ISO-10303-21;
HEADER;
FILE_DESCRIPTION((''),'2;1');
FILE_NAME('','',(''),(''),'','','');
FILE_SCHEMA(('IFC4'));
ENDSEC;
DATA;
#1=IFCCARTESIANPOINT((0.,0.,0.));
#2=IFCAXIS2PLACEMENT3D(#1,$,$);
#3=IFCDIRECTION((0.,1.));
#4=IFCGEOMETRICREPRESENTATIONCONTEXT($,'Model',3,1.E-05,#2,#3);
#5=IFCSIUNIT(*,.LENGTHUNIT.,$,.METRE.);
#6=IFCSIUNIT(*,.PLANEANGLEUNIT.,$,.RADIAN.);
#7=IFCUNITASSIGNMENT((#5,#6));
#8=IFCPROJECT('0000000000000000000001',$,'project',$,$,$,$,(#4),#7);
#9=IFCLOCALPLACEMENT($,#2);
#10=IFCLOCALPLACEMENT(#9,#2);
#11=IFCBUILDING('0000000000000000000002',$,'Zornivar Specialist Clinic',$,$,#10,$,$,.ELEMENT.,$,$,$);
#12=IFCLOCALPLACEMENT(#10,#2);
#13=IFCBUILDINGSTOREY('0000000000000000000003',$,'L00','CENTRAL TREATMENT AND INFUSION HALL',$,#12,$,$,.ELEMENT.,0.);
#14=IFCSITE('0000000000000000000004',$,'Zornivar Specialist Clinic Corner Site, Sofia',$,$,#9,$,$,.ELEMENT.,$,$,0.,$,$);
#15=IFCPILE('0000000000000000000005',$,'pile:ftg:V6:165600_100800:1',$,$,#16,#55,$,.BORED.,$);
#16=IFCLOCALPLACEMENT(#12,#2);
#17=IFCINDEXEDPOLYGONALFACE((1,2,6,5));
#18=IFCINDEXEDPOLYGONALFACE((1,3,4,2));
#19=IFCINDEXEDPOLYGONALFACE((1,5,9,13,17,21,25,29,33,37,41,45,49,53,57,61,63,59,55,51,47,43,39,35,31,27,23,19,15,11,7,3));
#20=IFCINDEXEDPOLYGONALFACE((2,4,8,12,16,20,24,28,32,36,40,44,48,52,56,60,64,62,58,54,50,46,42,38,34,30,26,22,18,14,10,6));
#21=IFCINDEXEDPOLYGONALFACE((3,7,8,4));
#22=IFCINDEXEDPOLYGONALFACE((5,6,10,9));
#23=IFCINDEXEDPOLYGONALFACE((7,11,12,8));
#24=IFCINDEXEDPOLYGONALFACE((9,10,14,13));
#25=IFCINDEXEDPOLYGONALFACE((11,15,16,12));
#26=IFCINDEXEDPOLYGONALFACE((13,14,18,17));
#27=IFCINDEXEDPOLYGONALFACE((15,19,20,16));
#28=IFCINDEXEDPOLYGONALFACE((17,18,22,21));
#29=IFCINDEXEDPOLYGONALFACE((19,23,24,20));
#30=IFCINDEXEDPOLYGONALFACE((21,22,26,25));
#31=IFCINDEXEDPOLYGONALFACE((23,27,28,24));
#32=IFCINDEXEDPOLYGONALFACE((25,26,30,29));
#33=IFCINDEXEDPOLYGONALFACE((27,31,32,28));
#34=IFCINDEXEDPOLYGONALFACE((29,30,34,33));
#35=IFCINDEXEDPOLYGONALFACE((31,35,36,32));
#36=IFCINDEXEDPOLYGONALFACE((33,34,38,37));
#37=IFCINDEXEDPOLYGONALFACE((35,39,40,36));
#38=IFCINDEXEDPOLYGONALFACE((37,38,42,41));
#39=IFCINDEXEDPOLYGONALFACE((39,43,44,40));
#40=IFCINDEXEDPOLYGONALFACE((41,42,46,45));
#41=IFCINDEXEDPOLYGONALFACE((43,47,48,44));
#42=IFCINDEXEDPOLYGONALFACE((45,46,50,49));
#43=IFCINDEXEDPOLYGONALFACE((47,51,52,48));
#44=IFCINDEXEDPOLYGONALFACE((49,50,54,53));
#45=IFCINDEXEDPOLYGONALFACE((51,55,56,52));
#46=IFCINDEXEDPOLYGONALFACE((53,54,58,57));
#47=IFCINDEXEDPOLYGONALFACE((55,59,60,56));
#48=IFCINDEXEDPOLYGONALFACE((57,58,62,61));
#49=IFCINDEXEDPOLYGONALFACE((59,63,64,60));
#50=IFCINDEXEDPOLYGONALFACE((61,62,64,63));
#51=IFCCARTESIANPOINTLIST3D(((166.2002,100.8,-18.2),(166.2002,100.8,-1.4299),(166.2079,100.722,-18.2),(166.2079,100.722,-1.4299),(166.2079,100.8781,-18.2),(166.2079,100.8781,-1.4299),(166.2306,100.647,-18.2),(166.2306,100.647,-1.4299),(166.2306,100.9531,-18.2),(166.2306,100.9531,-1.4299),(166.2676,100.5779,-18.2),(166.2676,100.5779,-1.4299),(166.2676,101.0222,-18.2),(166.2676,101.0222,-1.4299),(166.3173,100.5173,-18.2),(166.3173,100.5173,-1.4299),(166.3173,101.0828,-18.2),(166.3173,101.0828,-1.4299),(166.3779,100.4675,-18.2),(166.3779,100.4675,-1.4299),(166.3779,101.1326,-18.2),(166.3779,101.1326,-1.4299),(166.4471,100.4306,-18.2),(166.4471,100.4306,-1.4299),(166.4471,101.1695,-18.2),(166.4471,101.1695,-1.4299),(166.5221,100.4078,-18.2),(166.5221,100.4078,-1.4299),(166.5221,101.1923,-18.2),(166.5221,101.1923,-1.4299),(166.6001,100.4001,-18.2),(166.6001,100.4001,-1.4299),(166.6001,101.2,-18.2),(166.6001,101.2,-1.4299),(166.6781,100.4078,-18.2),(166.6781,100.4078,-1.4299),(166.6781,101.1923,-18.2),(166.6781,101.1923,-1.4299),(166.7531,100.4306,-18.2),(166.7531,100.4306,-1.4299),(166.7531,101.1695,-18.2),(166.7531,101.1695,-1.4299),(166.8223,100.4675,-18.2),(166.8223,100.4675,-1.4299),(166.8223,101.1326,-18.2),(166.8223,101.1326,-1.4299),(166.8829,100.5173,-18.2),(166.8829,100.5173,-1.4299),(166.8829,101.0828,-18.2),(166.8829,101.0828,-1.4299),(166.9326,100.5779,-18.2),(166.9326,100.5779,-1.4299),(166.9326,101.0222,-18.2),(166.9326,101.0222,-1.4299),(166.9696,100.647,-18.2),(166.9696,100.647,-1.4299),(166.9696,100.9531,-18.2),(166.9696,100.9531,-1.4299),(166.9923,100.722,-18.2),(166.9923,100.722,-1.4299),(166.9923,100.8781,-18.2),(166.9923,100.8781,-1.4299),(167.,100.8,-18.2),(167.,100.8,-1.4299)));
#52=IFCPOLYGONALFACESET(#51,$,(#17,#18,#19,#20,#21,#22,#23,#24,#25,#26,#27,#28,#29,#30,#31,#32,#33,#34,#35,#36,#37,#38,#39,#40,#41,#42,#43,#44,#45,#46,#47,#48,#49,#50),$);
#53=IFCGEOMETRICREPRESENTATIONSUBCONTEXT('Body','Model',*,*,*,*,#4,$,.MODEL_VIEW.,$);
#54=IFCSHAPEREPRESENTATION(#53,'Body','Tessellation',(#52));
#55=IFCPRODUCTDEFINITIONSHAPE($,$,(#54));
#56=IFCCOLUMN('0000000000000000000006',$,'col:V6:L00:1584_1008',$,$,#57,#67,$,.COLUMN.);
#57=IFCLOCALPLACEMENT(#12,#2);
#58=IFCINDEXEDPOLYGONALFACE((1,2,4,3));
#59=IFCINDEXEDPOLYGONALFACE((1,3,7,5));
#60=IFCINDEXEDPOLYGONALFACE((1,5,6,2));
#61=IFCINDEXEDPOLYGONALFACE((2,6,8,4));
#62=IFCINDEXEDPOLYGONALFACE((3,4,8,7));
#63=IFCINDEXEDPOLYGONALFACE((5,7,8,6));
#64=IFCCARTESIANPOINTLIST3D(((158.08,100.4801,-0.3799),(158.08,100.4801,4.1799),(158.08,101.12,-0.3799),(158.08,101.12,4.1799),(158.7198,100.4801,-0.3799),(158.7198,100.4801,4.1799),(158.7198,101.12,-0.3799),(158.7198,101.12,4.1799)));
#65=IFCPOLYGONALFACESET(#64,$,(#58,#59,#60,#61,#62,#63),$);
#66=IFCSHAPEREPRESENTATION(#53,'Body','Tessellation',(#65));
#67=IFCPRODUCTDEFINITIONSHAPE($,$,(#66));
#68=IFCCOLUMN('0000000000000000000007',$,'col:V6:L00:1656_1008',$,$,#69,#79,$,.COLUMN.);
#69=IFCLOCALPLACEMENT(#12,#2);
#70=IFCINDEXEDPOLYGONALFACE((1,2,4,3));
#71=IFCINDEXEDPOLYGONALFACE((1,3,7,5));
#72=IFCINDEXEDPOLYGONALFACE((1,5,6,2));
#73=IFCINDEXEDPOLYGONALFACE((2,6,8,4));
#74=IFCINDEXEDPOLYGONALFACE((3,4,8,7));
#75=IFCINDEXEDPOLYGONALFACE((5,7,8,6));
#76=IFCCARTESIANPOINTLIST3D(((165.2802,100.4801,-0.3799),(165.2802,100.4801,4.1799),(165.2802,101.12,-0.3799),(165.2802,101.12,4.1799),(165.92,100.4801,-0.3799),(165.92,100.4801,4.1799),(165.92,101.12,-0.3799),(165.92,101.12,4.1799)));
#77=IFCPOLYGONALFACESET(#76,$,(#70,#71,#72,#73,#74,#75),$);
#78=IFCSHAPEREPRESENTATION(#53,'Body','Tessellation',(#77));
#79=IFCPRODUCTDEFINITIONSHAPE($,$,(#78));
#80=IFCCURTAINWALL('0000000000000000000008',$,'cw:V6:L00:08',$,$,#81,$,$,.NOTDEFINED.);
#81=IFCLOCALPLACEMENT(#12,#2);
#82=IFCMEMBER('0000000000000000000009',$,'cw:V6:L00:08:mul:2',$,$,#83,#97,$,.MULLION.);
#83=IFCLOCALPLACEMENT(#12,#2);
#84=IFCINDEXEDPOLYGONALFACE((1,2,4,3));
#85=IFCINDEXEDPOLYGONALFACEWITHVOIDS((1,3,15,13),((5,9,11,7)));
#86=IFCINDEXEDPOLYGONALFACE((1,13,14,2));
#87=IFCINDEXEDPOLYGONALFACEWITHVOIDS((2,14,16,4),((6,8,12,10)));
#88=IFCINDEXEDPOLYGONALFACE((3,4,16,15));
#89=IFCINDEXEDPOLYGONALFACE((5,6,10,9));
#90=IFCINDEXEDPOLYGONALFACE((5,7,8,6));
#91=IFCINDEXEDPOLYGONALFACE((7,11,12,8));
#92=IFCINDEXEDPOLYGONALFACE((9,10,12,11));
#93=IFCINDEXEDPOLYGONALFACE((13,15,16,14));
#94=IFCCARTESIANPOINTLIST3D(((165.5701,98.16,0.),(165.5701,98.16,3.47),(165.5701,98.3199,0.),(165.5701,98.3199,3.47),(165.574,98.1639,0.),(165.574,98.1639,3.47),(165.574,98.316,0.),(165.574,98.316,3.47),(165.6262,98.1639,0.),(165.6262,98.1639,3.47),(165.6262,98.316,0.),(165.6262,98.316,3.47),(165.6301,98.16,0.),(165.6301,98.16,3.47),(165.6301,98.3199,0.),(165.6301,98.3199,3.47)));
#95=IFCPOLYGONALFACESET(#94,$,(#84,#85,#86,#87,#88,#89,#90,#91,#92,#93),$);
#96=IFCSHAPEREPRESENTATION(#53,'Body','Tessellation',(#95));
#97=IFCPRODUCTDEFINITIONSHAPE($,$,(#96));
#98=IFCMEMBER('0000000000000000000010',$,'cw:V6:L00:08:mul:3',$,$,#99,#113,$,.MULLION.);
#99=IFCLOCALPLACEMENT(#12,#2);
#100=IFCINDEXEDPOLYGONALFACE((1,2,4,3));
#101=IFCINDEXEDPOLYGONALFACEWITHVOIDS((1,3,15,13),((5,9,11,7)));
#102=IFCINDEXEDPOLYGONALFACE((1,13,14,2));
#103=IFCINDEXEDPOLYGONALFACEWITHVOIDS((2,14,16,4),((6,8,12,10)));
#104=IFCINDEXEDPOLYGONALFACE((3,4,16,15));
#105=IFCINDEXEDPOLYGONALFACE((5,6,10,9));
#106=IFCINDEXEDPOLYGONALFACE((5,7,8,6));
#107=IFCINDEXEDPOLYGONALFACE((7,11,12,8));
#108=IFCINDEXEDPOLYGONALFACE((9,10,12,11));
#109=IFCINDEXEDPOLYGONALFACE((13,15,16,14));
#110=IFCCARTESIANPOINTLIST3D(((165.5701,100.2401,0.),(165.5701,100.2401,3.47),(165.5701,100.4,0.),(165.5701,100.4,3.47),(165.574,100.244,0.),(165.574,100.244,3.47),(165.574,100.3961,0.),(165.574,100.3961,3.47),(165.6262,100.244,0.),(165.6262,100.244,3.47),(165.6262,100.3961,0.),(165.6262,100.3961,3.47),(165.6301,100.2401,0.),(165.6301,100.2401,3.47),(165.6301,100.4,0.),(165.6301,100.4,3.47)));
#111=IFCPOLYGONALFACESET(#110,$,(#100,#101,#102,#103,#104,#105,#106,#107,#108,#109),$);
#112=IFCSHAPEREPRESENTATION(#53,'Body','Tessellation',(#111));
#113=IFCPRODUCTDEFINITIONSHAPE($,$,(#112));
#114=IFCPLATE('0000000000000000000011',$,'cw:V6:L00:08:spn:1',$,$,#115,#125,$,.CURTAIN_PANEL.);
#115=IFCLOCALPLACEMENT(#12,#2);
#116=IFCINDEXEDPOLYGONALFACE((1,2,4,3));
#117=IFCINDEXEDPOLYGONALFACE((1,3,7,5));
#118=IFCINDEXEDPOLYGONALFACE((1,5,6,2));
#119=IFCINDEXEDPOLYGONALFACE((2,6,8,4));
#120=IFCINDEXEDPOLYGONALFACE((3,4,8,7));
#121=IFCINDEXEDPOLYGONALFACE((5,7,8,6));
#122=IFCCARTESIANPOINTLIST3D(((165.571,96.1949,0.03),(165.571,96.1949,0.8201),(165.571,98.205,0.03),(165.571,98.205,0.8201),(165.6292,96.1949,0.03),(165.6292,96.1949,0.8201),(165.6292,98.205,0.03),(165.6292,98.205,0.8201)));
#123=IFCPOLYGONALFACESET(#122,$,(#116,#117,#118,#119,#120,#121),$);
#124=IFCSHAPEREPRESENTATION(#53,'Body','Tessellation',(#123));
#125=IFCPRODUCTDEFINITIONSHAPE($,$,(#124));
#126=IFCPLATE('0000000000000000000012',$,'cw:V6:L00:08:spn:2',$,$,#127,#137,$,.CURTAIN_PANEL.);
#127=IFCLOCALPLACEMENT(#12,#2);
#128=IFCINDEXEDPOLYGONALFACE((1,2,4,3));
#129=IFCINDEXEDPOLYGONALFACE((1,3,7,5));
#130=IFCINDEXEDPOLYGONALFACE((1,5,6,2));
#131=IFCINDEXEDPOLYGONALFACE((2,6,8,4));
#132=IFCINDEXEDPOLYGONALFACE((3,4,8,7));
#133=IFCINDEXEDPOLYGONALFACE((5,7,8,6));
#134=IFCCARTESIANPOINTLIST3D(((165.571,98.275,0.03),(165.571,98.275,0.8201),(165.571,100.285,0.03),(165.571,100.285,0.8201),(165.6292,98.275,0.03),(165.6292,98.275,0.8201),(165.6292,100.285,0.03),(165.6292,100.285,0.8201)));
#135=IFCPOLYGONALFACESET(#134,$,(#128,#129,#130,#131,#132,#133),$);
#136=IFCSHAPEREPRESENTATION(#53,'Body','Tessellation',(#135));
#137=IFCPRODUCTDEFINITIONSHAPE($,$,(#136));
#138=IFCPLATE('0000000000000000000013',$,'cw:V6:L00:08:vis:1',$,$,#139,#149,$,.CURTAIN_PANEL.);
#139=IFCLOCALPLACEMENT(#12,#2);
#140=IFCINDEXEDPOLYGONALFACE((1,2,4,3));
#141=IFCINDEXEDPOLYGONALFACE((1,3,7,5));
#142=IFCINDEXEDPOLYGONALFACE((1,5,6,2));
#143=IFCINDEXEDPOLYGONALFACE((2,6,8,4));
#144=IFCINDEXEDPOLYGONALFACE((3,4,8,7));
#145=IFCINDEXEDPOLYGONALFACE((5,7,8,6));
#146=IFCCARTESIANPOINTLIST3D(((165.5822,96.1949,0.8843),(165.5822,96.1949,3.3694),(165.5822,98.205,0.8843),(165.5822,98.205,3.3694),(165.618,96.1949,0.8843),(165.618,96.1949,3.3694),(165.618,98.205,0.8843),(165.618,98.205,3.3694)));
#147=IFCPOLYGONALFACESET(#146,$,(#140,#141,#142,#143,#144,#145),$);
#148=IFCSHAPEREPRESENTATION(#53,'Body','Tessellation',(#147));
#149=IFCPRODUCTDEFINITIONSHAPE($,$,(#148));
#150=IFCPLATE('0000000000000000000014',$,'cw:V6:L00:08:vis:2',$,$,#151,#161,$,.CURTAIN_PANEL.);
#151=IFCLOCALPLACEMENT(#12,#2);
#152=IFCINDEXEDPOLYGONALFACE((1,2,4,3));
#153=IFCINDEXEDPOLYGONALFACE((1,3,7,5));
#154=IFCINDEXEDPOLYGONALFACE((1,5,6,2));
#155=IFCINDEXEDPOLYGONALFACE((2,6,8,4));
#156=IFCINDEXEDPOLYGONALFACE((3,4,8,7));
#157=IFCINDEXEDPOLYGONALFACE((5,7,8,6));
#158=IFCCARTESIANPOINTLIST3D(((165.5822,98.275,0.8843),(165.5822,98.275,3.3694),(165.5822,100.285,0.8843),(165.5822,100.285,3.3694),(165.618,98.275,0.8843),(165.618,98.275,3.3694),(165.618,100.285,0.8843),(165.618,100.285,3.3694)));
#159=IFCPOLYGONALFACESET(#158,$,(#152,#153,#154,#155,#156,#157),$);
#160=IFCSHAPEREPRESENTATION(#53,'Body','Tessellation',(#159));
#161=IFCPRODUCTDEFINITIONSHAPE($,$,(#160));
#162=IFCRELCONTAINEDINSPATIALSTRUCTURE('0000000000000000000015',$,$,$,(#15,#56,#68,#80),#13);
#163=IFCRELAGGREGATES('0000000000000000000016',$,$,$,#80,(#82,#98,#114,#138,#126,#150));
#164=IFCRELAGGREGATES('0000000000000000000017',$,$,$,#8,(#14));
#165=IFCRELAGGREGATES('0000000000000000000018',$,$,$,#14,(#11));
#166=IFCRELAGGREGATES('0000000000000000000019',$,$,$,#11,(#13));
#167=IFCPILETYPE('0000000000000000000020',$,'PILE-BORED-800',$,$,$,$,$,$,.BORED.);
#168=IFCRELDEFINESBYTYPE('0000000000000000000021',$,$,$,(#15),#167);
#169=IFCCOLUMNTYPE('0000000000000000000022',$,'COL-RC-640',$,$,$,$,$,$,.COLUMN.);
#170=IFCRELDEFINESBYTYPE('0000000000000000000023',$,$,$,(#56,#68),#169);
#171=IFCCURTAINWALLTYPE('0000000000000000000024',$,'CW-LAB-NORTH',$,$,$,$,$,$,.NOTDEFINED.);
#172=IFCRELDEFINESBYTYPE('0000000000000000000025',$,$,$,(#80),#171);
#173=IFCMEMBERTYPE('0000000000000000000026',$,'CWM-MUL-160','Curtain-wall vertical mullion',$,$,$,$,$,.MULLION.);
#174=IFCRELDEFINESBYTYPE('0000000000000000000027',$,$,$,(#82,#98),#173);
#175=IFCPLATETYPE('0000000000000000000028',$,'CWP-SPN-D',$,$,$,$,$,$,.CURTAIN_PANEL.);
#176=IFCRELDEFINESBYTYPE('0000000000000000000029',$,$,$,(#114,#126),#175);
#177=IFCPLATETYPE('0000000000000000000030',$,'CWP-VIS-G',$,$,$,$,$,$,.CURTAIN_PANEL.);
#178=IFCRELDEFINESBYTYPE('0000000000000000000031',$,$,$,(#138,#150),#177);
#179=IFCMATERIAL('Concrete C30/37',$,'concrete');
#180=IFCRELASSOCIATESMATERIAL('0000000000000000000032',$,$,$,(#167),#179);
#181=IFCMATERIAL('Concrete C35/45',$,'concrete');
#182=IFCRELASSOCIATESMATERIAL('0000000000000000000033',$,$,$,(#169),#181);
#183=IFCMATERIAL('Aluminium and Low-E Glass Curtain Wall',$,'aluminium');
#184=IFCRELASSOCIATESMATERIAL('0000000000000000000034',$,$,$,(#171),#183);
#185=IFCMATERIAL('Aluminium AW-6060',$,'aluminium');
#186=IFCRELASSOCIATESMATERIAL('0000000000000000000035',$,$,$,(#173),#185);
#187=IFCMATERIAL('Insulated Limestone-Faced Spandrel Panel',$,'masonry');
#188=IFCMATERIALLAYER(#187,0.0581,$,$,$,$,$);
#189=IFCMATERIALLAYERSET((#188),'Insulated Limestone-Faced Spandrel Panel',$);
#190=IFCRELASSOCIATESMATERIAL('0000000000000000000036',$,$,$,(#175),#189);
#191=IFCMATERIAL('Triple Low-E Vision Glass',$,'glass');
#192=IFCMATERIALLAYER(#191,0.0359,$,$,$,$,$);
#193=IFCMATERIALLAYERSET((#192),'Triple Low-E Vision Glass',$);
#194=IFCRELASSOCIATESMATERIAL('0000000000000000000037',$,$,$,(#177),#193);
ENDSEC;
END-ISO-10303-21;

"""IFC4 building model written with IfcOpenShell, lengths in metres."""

from ifc_helpers import new_model, si_unit, direction, frame, origin, origin_2d, place, context, subcontext, project, spatial, rectangle, hollow_rectangle, circle, extrude, material, layer, layer_set, material_profile, profile_set, type_object, element, aggregate, save


model = new_model("IFC4")

# Units and contexts
model_context = context("Model", 3, precision=1e-05, world=origin(), true_north=direction((0.0, 1.0)))
body_context = subcontext(model_context, "Body", "Model", "MODEL_VIEW")
ifc_project = project(units=[si_unit("LENGTHUNIT", "METRE"), si_unit("PLANEANGLEUNIT", "RADIAN")], contexts=[model_context])

# Site, building, storey
site_placement = place(None, origin())
site = spatial("IfcSite", under=ifc_project, at=site_placement, Name="Zornivar Specialist Clinic Corner Site, Sofia", CompositionType="ELEMENT", RefElevation=0.0)
building_placement = place(site_placement, origin())
building = spatial("IfcBuilding", under=site, at=building_placement, Name="Zornivar Specialist Clinic", CompositionType="ELEMENT")
storey_placement = place(building_placement, origin())
storey = spatial("IfcBuildingStorey", under=building, at=storey_placement, Name="L00", Description="CENTRAL TREATMENT AND INFUSION HALL", CompositionType="ELEMENT", Elevation=0.0)

# Pile
ifc_material_1 = material(Name="Concrete C30/37", Category="concrete")
ifc_material_profile_1 = material_profile(ifc_material_1, circle(Radius=0.3999, at=origin_2d()), Name="PILE D800")
ifc_profile_set_1 = profile_set([ifc_material_profile_1], Name="Concrete C30/37")
pile_type = type_object("IfcPileType", Name="PILE-BORED-800", PredefinedType="BORED", material=ifc_profile_set_1)
for number, where, z_axis, x_axis, name in (
    (1, (166.6001, 100.8, -1.4299), (0.0, 0.0, -1.0), (1.0, 0.0, 0.0), "pile:ftg:V6:165600_100800:1"),
):
    element("IfcPile", number, at=place(storey_placement, frame(where, z_axis=z_axis, x_axis=x_axis)), inside=storey, type_object=pile_type, Name=name, PredefinedType="BORED", context=body_context, shape_type="SweptSolid", body=[
        extrude(circle(Radius=0.3999, at=origin_2d()), origin(), (0.0, 0.0, 1.0), 16.77),
    ])

# Columns
ifc_material_2 = material(Name="Concrete C35/45", Category="concrete")
ifc_material_profile_2 = material_profile(ifc_material_2, rectangle(XDim=0.6399, YDim=0.6399, at=origin_2d()), Name="RC 640x640")
ifc_profile_set_2 = profile_set([ifc_material_profile_2], Name="Concrete C35/45")
column_type = type_object("IfcColumnType", Name="COL-RC-640", PredefinedType="COLUMN", material=ifc_profile_set_2)
for number, where, z_axis, x_axis, name in (
    (2, (158.3999, 100.8, -0.3799), (0.0, 0.0, 1.0), (1.0, 0.0, 0.0), "col:V6:L00:1584_1008"),
    (3, (165.6001, 100.8, -0.3799), (0.0, 0.0, 1.0), (1.0, 0.0, 0.0), "col:V6:L00:1656_1008"),
):
    element("IfcColumn", number, at=place(storey_placement, frame(where, z_axis=z_axis, x_axis=x_axis)), inside=storey, type_object=column_type, Name=name, PredefinedType="COLUMN", context=body_context, shape_type="SweptSolid", body=[
        extrude(rectangle(XDim=0.6399, YDim=0.6399, at=origin_2d()), origin(), (0.0, 0.0, 1.0), 4.5598),
    ])

# Curtain wall, members, plates
ifc_material_3 = material(Name="Aluminium and Low-E Glass Curtain Wall", Category="aluminium")
curtain_wall_type = type_object("IfcCurtainWallType", Name="CW-LAB-NORTH", PredefinedType="NOTDEFINED", material=ifc_material_3)
curtain_wall_placement = place(storey_placement, origin())
curtain_wall = element("IfcCurtainWall", 4, at=curtain_wall_placement, inside=storey, type_object=curtain_wall_type, Name="cw:V6:L00:08", PredefinedType="NOTDEFINED")
ifc_material_4 = material(Name="Aluminium AW-6060", Category="aluminium")
ifc_material_profile_3 = material_profile(ifc_material_4, hollow_rectangle(XDim=0.0601, YDim=0.1599, WallThickness=0.0039, at=origin_2d()), Name="ALU 60x160x4")
ifc_profile_set_3 = profile_set([ifc_material_profile_3], Name="Aluminium AW-6060")
member_type = type_object("IfcMemberType", Name="CWM-MUL-160", Description="Curtain-wall vertical mullion", PredefinedType="MULLION", material=ifc_profile_set_3)
member_1_placement = place(storey_placement, frame((165.6001, 98.24, 0.0), z_axis=(0.0, 0.0, 1.0), x_axis=(1.0, 0.0, 0.0)))
member_1 = element("IfcMember", 5, at=member_1_placement, type_object=member_type, Name="cw:V6:L00:08:mul:2", PredefinedType="MULLION", context=body_context, shape_type="SweptSolid", body=[
    extrude(hollow_rectangle(XDim=0.0601, YDim=0.1599, WallThickness=0.0039, at=origin_2d()), origin(), (0.0, 0.0, 1.0), 3.47),
])
member_2_placement = place(storey_placement, frame((165.6001, 100.3201, 0.0), z_axis=(0.0, 0.0, 1.0), x_axis=(1.0, 0.0, 0.0)))
member_2 = element("IfcMember", 6, at=member_2_placement, type_object=member_type, Name="cw:V6:L00:08:mul:3", PredefinedType="MULLION", context=body_context, shape_type="SweptSolid", body=[
    extrude(hollow_rectangle(XDim=0.0601, YDim=0.1599, WallThickness=0.0039, at=origin_2d()), origin(), (0.0, 0.0, 1.0), 3.47),
])
ifc_material_5 = material(Name="Insulated Limestone-Faced Spandrel Panel", Category="masonry")
ifc_layer_1 = layer(ifc_material_5, 0.0581)
ifc_layer_set_1 = layer_set([ifc_layer_1], Name="Insulated Limestone-Faced Spandrel Panel")
plate_type_1 = type_object("IfcPlateType", Name="CWP-SPN-D", PredefinedType="CURTAIN_PANEL", material=ifc_layer_set_1)
plate_1_placement = place(storey_placement, frame((165.6001, 97.2, 0.03), z_axis=(0.0, 0.0, 1.0), x_axis=(0.0, 1.0, 0.0)))
plate_1 = element("IfcPlate", 7, at=plate_1_placement, type_object=plate_type_1, Name="cw:V6:L00:08:spn:1", PredefinedType="CURTAIN_PANEL", context=body_context, shape_type="SweptSolid", body=[
    extrude(rectangle(XDim=2.01, YDim=0.0581, at=origin_2d()), origin(), (0.0, 0.0, 1.0), 0.79),
])
plate_2_placement = place(storey_placement, frame((165.6001, 99.28, 0.03), z_axis=(0.0, 0.0, 1.0), x_axis=(0.0, 1.0, 0.0)))
plate_2 = element("IfcPlate", 8, at=plate_2_placement, type_object=plate_type_1, Name="cw:V6:L00:08:spn:2", PredefinedType="CURTAIN_PANEL", context=body_context, shape_type="SweptSolid", body=[
    extrude(rectangle(XDim=2.01, YDim=0.0581, at=origin_2d()), origin(), (0.0, 0.0, 1.0), 0.79),
])
ifc_material_6 = material(Name="Triple Low-E Vision Glass", Category="glass")
ifc_layer_2 = layer(ifc_material_6, 0.0359)
ifc_layer_set_2 = layer_set([ifc_layer_2], Name="Triple Low-E Vision Glass")
plate_type_2 = type_object("IfcPlateType", Name="CWP-VIS-G", PredefinedType="CURTAIN_PANEL", material=ifc_layer_set_2)
plate_3_placement = place(storey_placement, frame((165.6001, 97.2, 0.8843), z_axis=(0.0, 0.0, 1.0), x_axis=(0.0, 1.0, 0.0)))
plate_3 = element("IfcPlate", 9, at=plate_3_placement, type_object=plate_type_2, Name="cw:V6:L00:08:vis:1", PredefinedType="CURTAIN_PANEL", context=body_context, shape_type="SweptSolid", body=[
    extrude(rectangle(XDim=2.01, YDim=0.0359, at=origin_2d()), origin(), (0.0, 0.0, 1.0), 2.4851),
])
plate_4_placement = place(storey_placement, frame((165.6001, 99.28, 0.8843), z_axis=(0.0, 0.0, 1.0), x_axis=(0.0, 1.0, 0.0)))
plate_4 = element("IfcPlate", 10, at=plate_4_placement, type_object=plate_type_2, Name="cw:V6:L00:08:vis:2", PredefinedType="CURTAIN_PANEL", context=body_context, shape_type="SweptSolid", body=[
    extrude(rectangle(XDim=2.01, YDim=0.0359, at=origin_2d()), origin(), (0.0, 0.0, 1.0), 2.4851),
])
aggregate(curtain_wall, [member_1, member_2, plate_1, plate_3, plate_2, plate_4])

save(model, "model.ifc")
